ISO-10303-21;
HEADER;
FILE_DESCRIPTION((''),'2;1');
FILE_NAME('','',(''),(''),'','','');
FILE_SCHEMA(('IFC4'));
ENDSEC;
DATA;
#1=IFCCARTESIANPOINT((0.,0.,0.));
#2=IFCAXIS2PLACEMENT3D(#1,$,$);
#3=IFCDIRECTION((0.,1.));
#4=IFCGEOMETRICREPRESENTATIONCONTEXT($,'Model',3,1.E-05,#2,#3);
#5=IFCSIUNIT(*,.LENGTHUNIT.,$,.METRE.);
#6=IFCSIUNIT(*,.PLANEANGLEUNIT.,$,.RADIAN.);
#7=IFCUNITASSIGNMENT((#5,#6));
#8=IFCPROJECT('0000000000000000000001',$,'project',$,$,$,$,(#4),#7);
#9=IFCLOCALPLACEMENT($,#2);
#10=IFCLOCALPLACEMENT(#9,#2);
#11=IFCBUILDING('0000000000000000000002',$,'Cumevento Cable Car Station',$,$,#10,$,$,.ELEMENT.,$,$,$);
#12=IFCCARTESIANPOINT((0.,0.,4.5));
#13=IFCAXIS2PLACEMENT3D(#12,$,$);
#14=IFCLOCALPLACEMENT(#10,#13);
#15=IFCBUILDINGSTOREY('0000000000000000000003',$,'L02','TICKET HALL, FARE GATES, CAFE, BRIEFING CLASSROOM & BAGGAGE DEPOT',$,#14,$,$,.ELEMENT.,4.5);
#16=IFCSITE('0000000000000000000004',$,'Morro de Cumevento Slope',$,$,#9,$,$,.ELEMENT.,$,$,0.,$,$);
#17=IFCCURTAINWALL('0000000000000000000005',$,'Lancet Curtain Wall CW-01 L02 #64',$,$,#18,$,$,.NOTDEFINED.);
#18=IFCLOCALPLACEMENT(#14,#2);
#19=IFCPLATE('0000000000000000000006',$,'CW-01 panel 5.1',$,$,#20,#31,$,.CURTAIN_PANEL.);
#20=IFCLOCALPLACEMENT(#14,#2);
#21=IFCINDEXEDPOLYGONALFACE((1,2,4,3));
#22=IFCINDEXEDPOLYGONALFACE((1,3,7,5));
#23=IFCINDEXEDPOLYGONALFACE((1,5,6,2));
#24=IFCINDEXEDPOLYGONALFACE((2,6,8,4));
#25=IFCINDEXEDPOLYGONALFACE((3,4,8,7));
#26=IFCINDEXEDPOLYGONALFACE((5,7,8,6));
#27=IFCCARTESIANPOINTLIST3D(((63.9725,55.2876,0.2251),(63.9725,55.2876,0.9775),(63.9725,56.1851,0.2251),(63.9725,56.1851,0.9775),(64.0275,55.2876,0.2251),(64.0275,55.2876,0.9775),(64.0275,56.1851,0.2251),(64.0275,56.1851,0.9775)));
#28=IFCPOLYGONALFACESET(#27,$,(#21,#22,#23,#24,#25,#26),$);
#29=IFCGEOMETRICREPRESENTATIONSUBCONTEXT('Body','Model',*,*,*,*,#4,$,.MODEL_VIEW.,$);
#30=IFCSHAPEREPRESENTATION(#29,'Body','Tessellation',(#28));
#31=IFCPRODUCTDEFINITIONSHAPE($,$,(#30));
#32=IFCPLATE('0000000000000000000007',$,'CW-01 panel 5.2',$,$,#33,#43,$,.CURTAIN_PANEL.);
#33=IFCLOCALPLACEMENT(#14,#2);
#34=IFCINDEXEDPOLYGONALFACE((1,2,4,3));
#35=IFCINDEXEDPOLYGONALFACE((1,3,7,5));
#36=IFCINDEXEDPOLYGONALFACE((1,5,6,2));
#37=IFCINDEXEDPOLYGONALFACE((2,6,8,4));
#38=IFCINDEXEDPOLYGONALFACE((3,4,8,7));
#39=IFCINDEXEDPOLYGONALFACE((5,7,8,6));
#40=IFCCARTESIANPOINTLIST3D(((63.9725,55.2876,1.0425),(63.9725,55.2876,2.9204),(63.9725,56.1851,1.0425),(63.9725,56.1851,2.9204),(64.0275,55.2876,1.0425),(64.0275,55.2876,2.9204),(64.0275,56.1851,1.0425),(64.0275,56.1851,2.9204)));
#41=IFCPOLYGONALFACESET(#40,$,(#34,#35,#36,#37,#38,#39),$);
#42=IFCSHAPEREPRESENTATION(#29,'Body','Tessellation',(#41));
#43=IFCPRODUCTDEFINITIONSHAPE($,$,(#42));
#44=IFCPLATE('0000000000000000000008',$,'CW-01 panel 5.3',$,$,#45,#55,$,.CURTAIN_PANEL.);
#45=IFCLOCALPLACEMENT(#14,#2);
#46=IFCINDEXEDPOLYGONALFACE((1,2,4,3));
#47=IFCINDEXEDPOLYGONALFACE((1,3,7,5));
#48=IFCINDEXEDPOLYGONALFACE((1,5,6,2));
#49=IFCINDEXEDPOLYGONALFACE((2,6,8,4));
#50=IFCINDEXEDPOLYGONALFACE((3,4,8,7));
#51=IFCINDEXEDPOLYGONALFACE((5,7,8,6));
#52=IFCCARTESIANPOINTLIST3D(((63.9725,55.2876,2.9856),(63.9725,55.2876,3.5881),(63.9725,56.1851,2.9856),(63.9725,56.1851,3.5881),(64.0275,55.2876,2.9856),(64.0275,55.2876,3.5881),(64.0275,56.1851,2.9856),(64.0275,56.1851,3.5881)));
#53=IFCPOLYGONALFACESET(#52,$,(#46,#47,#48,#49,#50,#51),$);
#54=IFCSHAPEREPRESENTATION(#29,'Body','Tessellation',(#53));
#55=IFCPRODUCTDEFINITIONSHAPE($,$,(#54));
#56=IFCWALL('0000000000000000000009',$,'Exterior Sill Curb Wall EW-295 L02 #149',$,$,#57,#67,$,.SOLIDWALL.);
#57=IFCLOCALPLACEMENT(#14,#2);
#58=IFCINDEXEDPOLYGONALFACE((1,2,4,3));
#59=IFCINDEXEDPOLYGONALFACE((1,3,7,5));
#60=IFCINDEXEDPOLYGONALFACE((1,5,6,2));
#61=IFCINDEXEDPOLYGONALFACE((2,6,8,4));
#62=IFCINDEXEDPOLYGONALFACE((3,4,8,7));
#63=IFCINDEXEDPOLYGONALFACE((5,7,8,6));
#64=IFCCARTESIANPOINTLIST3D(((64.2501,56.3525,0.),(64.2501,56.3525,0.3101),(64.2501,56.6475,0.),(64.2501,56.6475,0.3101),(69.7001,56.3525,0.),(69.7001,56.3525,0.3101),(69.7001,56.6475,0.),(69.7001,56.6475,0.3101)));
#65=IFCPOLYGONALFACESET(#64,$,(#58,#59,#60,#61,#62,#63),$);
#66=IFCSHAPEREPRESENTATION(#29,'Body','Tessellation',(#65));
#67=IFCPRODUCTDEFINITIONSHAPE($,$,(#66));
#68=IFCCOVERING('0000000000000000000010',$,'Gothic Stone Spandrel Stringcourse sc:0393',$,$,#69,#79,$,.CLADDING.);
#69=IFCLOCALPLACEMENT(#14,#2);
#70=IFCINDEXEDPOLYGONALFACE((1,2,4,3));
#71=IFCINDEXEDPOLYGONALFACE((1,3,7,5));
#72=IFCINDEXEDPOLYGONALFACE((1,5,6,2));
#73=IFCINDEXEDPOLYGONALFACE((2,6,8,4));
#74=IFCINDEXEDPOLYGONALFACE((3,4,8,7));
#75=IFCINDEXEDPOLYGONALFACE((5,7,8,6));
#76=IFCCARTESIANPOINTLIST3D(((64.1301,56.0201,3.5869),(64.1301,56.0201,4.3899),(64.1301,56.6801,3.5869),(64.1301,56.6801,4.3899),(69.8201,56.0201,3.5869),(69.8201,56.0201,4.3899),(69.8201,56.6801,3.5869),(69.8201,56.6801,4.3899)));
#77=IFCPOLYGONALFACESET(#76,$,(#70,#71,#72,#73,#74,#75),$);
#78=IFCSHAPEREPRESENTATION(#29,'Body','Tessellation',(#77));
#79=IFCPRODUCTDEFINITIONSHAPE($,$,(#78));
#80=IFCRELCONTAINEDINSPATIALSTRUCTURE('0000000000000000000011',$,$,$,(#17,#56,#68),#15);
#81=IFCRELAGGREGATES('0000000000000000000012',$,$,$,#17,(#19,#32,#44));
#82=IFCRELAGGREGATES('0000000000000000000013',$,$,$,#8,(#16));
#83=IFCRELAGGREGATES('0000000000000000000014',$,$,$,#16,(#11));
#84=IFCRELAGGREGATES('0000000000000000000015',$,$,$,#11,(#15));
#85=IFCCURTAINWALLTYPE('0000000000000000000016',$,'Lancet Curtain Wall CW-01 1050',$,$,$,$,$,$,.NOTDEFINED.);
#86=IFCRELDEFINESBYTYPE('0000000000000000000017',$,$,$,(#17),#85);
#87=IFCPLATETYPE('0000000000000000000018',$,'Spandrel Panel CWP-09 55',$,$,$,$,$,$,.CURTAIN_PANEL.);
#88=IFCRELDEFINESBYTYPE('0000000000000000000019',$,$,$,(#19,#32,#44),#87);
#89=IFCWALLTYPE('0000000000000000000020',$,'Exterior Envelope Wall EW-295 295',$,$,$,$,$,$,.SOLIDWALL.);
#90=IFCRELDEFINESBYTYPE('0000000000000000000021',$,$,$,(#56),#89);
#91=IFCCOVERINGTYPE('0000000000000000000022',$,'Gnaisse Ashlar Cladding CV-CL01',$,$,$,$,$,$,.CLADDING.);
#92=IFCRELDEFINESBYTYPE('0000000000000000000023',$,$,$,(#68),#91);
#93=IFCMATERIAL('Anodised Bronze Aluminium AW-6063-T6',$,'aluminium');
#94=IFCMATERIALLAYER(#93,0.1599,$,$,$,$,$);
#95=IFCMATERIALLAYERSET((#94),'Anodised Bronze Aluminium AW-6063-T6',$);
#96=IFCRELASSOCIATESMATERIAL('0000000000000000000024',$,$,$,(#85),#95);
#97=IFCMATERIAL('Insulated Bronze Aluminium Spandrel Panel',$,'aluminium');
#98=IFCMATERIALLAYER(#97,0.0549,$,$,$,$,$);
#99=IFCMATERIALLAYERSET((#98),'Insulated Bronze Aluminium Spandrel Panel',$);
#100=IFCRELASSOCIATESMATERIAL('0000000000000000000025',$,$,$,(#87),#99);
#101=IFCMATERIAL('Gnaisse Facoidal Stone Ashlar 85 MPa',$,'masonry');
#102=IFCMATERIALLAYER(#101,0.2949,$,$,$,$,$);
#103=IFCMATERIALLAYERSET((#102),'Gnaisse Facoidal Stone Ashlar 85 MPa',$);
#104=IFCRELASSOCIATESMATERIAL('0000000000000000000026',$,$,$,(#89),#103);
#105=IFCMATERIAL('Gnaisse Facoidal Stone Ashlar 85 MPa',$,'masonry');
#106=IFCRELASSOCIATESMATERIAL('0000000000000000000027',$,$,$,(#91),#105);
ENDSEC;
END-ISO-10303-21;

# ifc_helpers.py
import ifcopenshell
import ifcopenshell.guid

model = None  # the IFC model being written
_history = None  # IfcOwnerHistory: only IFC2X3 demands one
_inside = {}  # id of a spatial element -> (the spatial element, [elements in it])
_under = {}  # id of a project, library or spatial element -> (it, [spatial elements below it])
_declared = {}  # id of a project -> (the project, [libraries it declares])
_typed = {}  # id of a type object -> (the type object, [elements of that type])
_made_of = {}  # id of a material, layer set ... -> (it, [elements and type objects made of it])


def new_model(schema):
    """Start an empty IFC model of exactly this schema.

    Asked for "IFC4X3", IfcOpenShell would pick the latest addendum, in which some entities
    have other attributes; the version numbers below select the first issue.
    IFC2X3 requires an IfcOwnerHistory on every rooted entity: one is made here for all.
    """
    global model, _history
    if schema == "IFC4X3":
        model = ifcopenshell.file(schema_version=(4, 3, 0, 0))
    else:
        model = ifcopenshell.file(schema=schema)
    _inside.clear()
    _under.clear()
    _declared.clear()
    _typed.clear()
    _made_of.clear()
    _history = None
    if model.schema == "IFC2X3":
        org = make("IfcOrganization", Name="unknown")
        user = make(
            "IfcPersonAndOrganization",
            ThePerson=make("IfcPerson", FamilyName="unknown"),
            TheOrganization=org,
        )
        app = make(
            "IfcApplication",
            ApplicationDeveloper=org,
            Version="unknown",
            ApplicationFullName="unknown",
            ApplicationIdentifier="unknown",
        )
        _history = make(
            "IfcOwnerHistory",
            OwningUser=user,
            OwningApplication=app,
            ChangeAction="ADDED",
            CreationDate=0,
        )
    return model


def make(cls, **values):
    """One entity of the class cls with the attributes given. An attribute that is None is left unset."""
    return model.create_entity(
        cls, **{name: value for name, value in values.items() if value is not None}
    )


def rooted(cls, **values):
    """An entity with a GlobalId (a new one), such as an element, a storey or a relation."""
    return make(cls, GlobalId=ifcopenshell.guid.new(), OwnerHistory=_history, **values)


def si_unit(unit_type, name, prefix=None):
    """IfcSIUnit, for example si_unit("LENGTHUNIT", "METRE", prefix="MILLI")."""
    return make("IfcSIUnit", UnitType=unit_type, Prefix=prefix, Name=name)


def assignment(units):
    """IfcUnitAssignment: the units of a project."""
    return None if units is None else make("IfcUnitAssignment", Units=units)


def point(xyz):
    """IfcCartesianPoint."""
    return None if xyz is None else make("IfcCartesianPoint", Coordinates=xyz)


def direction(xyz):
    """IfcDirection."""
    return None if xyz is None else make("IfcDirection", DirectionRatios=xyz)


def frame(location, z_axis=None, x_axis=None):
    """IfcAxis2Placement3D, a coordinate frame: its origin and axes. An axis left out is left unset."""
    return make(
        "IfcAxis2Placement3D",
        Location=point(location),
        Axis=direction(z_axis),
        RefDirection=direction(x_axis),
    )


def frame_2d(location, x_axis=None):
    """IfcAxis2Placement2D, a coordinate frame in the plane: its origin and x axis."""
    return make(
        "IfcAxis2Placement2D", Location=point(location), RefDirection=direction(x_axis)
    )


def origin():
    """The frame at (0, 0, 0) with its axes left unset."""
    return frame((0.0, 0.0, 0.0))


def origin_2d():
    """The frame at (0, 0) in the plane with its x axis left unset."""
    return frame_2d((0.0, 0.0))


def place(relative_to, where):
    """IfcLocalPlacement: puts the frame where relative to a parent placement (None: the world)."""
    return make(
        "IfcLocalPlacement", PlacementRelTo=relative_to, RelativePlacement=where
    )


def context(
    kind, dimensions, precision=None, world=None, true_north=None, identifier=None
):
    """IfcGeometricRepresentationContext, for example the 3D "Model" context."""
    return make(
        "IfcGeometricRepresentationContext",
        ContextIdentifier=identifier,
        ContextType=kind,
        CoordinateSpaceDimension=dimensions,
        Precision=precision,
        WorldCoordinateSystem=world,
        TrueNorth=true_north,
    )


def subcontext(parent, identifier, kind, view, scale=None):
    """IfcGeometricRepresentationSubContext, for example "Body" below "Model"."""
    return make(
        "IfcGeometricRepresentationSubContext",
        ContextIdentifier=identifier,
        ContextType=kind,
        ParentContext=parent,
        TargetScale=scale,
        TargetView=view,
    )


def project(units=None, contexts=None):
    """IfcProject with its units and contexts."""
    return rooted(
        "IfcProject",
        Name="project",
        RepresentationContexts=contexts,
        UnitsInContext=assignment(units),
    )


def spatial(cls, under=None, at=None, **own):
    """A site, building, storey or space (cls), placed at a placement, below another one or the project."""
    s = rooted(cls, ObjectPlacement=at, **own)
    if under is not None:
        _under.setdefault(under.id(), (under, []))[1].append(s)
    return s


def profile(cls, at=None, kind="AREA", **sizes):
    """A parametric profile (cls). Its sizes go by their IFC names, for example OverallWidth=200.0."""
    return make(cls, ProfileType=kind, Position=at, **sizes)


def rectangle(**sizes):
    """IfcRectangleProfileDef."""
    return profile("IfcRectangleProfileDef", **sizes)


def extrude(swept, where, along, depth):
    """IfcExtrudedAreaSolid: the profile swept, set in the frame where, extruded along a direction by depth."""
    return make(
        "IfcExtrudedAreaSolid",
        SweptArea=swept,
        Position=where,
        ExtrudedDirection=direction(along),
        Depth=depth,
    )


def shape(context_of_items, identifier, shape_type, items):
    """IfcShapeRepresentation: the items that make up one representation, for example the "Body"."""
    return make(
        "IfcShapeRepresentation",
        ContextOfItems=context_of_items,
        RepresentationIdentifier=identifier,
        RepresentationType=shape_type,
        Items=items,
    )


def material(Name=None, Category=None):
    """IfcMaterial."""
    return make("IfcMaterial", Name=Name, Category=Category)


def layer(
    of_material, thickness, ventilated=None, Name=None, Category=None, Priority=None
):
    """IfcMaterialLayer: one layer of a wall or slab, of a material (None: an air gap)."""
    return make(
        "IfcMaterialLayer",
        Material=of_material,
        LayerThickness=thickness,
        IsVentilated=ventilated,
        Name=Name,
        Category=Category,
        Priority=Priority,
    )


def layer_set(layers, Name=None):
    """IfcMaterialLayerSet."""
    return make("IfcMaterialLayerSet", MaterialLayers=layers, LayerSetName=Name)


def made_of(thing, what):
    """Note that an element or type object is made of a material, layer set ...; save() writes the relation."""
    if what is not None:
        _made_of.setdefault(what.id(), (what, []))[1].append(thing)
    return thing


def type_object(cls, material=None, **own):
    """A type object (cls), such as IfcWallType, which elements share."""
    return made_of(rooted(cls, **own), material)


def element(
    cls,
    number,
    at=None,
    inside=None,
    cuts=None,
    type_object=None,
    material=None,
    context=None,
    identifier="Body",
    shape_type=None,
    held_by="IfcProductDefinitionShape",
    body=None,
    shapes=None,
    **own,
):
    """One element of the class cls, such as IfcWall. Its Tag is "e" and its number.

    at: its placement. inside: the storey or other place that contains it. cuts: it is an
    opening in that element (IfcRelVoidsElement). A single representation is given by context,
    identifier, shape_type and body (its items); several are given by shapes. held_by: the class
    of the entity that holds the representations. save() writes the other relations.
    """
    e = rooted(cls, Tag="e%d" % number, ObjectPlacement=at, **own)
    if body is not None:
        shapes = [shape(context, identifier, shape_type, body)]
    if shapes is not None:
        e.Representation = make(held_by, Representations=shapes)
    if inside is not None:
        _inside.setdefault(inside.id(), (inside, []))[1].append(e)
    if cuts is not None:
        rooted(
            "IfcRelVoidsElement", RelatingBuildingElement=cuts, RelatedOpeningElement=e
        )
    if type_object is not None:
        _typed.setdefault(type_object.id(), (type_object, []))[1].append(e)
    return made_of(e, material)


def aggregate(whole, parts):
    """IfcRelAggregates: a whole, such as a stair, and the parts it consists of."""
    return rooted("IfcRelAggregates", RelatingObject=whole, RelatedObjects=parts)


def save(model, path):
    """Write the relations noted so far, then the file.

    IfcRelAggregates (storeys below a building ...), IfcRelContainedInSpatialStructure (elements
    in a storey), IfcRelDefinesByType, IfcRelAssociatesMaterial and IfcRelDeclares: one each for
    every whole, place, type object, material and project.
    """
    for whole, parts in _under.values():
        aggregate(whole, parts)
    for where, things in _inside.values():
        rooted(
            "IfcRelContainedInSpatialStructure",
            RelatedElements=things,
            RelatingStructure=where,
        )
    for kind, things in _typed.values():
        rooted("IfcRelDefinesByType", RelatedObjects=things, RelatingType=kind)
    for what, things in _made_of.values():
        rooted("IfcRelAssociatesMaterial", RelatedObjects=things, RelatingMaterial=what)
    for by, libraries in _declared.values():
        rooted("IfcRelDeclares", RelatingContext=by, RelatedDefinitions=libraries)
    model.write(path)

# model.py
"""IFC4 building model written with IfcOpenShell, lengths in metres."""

from ifc_helpers import new_model, si_unit, direction, frame, frame_2d, origin, origin_2d, place, context, subcontext, project, spatial, rectangle, extrude, material, layer, layer_set, type_object, element, aggregate, save


model = new_model("IFC4")

# Units and contexts
model_context = context("Model", 3, precision=1e-05, world=origin(), true_north=direction((0.0, 1.0)))
body_context = subcontext(model_context, "Body", "Model", "MODEL_VIEW")
ifc_project = project(units=[si_unit("LENGTHUNIT", "METRE"), si_unit("PLANEANGLEUNIT", "RADIAN")], contexts=[model_context])

# Site, building, storey
site_placement = place(None, origin())
site = spatial("IfcSite", under=ifc_project, at=site_placement, Name="Morro de Cumevento Slope", CompositionType="ELEMENT", RefElevation=0.0)
building_placement = place(site_placement, origin())
building = spatial("IfcBuilding", under=site, at=building_placement, Name="Cumevento Cable Car Station", CompositionType="ELEMENT")
storey_placement = place(building_placement, frame((0.0, 0.0, 4.5)))
storey = spatial("IfcBuildingStorey", under=building, at=storey_placement, Name="L02", Description="TICKET HALL, FARE GATES, CAFE, BRIEFING CLASSROOM & BAGGAGE DEPOT", CompositionType="ELEMENT", Elevation=4.5)

# Curtain wall
ifc_material_1 = material(Name="Anodised Bronze Aluminium AW-6063-T6", Category="aluminium")
ifc_layer_1 = layer(ifc_material_1, 0.1599)
ifc_layer_set_1 = layer_set([ifc_layer_1], Name="Anodised Bronze Aluminium AW-6063-T6")
curtain_wall_type_1 = type_object("IfcCurtainWallType", Name="Lancet Curtain Wall CW-01 1050", PredefinedType="NOTDEFINED", material=ifc_layer_set_1)
curtain_wall_1_placement = place(storey_placement, origin())
curtain_wall_1 = element("IfcCurtainWall", 1, at=curtain_wall_1_placement, inside=storey, type_object=curtain_wall_type_1, Name="Lancet Curtain Wall CW-01 L02 #64", PredefinedType="NOTDEFINED")

# Plates
ifc_material_2 = material(Name="Insulated Bronze Aluminium Spandrel Panel", Category="aluminium")
ifc_layer_2 = layer(ifc_material_2, 0.0549)
ifc_layer_set_2 = layer_set([ifc_layer_2], Name="Insulated Bronze Aluminium Spandrel Panel")
plate_type_1 = type_object("IfcPlateType", Name="Spandrel Panel CWP-09 55", PredefinedType="CURTAIN_PANEL", material=ifc_layer_set_2)
plate_1_placement = place(storey_placement, frame((64.0, 55.7363, 0.2251), z_axis=(0.0, 0.0, 1.0), x_axis=(0.0, 1.0, 0.0)))
plate_1 = element("IfcPlate", 2, at=plate_1_placement, type_object=plate_type_1, Name="CW-01 panel 5.1", PredefinedType="CURTAIN_PANEL", context=body_context, shape_type="SweptSolid", body=[
    extrude(rectangle(XDim=0.8975, YDim=0.0549, at=origin_2d()), origin(), (0.0, 0.0, 1.0), 0.7524),
])
plate_2_placement = place(storey_placement, frame((64.0, 55.7363, 1.0425), z_axis=(0.0, 0.0, 1.0), x_axis=(0.0, 1.0, 0.0)))
plate_2 = element("IfcPlate", 3, at=plate_2_placement, type_object=plate_type_1, Name="CW-01 panel 5.2", PredefinedType="CURTAIN_PANEL", context=body_context, shape_type="SweptSolid", body=[
    extrude(rectangle(XDim=0.8975, YDim=0.0549, at=origin_2d()), origin(), (0.0, 0.0, 1.0), 1.8779),
])
plate_3_placement = place(storey_placement, frame((64.0, 55.7363, 2.9856), z_axis=(0.0, 0.0, 1.0), x_axis=(0.0, 1.0, 0.0)))
plate_3 = element("IfcPlate", 4, at=plate_3_placement, type_object=plate_type_1, Name="CW-01 panel 5.3", PredefinedType="CURTAIN_PANEL", context=body_context, shape_type="SweptSolid", body=[
    extrude(rectangle(XDim=0.8975, YDim=0.0549, at=origin_2d()), origin(), (0.0, 0.0, 1.0), 0.6025),
])
aggregate(curtain_wall_1, [plate_1, plate_2, plate_3])

# Wall
ifc_material_3 = material(Name="Gnaisse Facoidal Stone Ashlar 85 MPa", Category="masonry")
ifc_layer_3 = layer(ifc_material_3, 0.2949)
ifc_layer_set_3 = layer_set([ifc_layer_3], Name="Gnaisse Facoidal Stone Ashlar 85 MPa")
wall_type = type_object("IfcWallType", Name="Exterior Envelope Wall EW-295 295", PredefinedType="SOLIDWALL", material=ifc_layer_set_3)
wall_placement = place(storey_placement, frame((64.25, 56.5, 0.0), z_axis=(0.0, 0.0, 1.0), x_axis=(1.0, 0.0, 0.0)))
element("IfcWall", 5, at=wall_placement, inside=storey, type_object=wall_type, Name="Exterior Sill Curb Wall EW-295 L02 #149", PredefinedType="SOLIDWALL", context=body_context, shape_type="SweptSolid", body=[
    extrude(rectangle(XDim=5.45, YDim=0.2949, at=frame_2d((2.7251, 0.0))), origin(), (0.0, 0.0, 1.0), 0.3101),
])

# Covering
ifc_material_4 = material(Name="Gnaisse Facoidal Stone Ashlar 85 MPa", Category="masonry")
covering_type = type_object("IfcCoveringType", Name="Gnaisse Ashlar Cladding CV-CL01", PredefinedType="CLADDING", material=ifc_material_4)
covering_1_placement = place(storey_placement, frame((66.9751, 56.3501, 3.5869), z_axis=(0.0, 0.0, 1.0), x_axis=(1.0, 0.0, 0.0)))
element("IfcCovering", 6, at=covering_1_placement, inside=storey, type_object=covering_type, Name="Gothic Stone Spandrel Stringcourse sc:0393", PredefinedType="CLADDING", context=body_context, shape_type="SweptSolid", body=[
    extrude(rectangle(XDim=5.6899, YDim=0.6599, at=origin_2d()), origin(), (0.0, 0.0, 1.0), 0.803),
])

save(model, "model.ifc")
